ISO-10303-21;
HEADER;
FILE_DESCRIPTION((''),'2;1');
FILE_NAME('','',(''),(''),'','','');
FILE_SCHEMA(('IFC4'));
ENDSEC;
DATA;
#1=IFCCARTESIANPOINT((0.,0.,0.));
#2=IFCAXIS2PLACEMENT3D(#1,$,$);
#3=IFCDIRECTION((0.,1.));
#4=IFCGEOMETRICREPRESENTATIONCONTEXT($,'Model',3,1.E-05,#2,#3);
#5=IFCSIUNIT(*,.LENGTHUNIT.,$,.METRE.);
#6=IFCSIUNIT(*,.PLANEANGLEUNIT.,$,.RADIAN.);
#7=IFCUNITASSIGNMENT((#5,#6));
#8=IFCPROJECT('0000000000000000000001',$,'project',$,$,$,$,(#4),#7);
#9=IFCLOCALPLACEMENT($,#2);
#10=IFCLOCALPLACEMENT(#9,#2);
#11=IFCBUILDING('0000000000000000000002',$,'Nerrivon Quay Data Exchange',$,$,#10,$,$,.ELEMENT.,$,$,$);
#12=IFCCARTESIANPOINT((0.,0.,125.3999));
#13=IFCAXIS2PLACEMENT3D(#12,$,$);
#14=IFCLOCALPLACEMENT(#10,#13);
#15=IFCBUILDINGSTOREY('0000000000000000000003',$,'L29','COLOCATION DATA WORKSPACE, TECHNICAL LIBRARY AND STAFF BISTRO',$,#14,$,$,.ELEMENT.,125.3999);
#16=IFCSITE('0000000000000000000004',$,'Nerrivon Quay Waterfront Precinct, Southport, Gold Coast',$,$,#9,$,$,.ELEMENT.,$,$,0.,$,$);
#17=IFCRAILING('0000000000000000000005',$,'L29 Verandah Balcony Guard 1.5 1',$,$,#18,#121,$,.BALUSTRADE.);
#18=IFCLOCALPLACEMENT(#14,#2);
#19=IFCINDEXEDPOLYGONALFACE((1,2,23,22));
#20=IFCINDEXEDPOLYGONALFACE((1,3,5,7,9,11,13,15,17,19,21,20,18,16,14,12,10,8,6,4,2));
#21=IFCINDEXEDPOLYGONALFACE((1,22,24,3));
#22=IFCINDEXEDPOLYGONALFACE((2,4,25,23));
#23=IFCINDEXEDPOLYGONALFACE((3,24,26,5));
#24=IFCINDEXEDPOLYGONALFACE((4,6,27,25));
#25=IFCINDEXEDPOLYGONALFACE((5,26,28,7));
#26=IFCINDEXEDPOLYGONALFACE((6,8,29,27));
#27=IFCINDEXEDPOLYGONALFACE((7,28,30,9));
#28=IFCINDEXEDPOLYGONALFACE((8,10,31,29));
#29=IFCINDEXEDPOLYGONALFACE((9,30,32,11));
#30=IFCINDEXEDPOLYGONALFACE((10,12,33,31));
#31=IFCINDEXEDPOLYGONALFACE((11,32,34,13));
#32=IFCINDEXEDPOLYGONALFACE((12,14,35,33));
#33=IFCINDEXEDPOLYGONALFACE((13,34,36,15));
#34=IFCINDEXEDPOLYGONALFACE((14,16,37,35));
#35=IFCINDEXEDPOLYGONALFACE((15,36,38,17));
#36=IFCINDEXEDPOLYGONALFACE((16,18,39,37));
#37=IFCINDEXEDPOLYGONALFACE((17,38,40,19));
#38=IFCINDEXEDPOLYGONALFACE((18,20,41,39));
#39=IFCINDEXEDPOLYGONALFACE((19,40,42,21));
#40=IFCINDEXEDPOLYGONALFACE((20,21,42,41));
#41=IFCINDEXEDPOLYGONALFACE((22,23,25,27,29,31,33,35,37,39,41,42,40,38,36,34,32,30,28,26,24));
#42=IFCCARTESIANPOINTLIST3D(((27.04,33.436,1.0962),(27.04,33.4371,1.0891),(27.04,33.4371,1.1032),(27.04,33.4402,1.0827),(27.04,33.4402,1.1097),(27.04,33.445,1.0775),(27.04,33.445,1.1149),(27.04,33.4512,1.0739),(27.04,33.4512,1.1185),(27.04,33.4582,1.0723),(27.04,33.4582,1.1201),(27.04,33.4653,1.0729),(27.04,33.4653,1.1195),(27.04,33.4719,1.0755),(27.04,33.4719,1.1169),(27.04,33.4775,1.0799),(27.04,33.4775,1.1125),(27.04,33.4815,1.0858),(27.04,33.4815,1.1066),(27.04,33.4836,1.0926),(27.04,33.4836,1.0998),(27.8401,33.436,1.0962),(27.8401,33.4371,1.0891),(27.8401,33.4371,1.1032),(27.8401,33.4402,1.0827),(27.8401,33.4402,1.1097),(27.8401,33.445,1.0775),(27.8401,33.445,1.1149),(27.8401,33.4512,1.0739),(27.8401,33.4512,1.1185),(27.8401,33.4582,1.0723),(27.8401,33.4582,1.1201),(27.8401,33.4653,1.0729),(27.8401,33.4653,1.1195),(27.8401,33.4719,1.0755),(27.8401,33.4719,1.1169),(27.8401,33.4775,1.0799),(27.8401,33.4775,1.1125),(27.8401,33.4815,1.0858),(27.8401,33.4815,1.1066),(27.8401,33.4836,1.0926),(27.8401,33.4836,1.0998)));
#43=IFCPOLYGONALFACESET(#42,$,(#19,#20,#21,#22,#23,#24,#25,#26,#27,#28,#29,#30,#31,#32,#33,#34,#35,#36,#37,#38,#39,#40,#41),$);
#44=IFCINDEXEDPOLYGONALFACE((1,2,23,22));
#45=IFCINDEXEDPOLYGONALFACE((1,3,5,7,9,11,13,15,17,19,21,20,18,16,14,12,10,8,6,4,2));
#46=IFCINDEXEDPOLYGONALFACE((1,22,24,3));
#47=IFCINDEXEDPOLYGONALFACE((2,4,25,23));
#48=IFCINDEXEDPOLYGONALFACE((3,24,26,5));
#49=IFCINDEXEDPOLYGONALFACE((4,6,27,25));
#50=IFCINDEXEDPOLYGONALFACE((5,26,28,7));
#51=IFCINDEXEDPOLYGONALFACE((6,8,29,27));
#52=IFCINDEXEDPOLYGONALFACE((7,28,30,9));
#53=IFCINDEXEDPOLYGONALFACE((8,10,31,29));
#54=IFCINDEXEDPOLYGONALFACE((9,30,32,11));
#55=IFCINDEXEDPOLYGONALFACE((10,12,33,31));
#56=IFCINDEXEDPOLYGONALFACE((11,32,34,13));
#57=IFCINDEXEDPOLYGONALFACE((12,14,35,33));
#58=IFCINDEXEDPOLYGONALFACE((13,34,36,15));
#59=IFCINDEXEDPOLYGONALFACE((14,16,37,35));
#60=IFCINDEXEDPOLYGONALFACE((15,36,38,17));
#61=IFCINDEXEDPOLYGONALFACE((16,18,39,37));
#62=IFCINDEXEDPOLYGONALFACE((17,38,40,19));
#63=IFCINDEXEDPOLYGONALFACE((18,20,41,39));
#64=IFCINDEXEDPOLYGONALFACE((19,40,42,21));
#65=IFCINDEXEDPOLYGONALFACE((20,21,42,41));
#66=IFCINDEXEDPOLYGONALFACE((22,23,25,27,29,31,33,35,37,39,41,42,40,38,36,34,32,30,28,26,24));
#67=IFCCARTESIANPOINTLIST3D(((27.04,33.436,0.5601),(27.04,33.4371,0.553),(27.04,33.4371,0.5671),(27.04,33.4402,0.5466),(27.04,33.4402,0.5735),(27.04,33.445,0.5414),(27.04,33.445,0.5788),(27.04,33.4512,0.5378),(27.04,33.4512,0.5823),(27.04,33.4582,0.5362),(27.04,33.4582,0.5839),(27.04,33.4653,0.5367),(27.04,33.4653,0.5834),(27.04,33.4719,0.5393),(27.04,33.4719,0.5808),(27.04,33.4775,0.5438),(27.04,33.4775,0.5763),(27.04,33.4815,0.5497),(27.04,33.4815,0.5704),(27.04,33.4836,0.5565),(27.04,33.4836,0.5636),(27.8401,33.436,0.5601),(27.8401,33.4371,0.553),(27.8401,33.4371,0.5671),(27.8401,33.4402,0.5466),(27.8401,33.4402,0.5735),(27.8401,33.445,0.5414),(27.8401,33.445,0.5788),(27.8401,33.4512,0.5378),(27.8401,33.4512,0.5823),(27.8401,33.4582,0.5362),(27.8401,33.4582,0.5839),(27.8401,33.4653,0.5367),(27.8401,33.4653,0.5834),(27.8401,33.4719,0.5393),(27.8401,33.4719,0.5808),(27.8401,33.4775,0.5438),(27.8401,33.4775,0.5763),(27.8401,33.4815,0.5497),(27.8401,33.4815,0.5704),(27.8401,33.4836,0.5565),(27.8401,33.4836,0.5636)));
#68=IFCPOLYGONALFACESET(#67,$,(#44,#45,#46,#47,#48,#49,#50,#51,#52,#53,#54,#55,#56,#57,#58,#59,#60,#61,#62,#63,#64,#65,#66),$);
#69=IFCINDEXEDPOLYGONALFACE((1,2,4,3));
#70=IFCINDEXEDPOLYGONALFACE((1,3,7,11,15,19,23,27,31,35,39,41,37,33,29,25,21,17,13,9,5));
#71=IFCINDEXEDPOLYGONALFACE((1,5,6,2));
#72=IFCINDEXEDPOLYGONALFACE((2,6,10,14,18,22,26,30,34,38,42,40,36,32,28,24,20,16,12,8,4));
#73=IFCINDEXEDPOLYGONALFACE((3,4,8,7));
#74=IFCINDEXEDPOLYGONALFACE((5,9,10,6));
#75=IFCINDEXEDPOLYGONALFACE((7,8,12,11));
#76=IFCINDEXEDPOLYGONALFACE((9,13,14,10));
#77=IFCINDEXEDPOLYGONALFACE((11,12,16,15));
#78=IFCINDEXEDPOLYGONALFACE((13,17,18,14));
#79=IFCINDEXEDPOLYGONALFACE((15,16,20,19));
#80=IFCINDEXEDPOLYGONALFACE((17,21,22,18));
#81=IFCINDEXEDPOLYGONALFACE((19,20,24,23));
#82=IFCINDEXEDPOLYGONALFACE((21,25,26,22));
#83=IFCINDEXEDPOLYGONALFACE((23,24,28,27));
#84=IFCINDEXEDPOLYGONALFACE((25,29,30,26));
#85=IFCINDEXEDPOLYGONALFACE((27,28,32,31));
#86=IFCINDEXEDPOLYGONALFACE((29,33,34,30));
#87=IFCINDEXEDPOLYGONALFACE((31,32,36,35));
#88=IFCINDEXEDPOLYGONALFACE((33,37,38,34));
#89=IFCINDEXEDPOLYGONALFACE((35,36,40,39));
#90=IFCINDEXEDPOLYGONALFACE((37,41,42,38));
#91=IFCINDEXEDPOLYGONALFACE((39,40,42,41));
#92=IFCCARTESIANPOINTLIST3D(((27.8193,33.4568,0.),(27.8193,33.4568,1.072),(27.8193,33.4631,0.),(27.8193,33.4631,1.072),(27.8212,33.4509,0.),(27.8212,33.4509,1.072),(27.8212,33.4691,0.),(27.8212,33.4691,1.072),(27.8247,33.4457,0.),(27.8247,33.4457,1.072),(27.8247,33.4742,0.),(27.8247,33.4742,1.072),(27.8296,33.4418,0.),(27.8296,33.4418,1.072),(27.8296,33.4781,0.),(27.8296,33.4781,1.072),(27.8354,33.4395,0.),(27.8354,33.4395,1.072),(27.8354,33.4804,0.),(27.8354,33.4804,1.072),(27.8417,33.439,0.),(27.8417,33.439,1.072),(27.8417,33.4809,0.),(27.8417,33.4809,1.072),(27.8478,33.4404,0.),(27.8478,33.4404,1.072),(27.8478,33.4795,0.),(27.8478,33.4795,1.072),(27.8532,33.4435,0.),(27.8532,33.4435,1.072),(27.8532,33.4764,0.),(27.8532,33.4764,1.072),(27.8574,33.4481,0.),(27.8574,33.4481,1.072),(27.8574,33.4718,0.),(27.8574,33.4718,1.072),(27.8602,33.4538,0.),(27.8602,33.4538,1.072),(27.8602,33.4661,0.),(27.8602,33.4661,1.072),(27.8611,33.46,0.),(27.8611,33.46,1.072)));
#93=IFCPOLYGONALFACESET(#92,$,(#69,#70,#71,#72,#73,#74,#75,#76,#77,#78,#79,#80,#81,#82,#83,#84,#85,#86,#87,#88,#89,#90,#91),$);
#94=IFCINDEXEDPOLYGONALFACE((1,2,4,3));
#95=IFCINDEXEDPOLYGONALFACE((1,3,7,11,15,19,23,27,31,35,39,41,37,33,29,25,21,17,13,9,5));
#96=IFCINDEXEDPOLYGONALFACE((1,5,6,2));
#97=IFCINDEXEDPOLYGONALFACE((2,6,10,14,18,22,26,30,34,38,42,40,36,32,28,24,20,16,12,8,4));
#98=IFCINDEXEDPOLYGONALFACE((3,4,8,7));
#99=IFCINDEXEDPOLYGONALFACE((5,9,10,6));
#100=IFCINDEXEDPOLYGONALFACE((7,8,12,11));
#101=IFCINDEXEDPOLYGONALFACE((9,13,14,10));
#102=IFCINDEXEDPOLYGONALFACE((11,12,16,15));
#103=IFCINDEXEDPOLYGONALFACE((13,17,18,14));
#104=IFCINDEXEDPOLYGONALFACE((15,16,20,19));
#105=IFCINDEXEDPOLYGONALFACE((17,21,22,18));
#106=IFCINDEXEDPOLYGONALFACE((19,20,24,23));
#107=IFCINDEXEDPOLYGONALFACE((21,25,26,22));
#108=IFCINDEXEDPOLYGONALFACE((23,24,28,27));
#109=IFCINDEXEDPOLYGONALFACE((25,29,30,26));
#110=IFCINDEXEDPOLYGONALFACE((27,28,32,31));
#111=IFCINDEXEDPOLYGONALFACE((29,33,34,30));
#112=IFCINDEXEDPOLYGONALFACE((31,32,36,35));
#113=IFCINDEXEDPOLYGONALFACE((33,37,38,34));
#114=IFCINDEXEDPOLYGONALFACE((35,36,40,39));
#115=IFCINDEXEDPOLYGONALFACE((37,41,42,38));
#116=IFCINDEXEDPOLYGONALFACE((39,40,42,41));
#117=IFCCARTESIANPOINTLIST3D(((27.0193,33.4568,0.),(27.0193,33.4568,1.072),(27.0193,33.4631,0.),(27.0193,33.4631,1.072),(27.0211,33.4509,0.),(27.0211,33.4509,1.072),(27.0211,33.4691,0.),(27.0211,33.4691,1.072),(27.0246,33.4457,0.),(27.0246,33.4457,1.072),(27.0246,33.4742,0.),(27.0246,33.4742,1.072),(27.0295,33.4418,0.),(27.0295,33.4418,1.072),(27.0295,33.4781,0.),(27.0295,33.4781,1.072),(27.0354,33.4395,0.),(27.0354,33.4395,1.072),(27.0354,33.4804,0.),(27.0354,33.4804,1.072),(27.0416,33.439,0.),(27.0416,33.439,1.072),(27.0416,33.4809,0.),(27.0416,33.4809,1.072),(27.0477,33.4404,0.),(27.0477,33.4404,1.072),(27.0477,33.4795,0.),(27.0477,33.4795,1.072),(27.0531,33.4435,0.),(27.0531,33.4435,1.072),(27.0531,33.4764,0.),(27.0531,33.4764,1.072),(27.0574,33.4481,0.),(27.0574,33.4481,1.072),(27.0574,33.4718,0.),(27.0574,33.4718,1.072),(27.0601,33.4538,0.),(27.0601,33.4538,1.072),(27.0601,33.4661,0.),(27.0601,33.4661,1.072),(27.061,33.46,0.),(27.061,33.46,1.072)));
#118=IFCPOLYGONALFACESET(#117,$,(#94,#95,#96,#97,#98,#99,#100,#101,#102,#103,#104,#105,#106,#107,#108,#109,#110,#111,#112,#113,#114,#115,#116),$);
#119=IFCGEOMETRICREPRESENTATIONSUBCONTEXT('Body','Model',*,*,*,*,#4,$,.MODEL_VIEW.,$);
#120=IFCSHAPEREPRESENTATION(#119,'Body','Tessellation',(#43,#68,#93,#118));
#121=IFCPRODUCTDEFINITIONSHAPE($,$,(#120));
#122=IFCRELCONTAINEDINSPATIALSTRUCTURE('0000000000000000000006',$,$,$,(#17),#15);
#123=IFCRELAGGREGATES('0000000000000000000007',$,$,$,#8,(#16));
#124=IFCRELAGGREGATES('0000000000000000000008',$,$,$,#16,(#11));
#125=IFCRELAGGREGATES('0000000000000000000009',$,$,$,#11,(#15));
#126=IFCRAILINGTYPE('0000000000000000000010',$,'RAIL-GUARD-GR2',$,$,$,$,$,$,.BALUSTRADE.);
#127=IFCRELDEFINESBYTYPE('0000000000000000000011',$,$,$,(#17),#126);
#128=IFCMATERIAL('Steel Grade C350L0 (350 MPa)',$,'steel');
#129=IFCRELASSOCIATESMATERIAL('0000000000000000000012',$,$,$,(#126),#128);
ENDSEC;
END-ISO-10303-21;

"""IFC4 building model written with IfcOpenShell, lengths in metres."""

from ifc_helpers import new_model, si_unit, direction, frame, origin, origin_2d, place, context, subcontext, project, spatial, circle, extrude, material, type_object, element, save


model = new_model("IFC4")

# Units and contexts
model_context = context("Model", 3, precision=1e-05, world=origin(), true_north=direction((0.0, 1.0)))
body_context = subcontext(model_context, "Body", "Model", "MODEL_VIEW")
ifc_project = project(units=[si_unit("LENGTHUNIT", "METRE"), si_unit("PLANEANGLEUNIT", "RADIAN")], contexts=[model_context])

# Site, building, storey
site_placement = place(None, origin())
site = spatial("IfcSite", under=ifc_project, at=site_placement, Name="Nerrivon Quay Waterfront Precinct, Southport, Gold Coast", CompositionType="ELEMENT", RefElevation=0.0)
building_placement = place(site_placement, origin())
building = spatial("IfcBuilding", under=site, at=building_placement, Name="Nerrivon Quay Data Exchange", CompositionType="ELEMENT")
storey_placement = place(building_placement, frame((0.0, 0.0, 125.3999)))
storey = spatial("IfcBuildingStorey", under=building, at=storey_placement, Name="L29", Description="COLOCATION DATA WORKSPACE, TECHNICAL LIBRARY AND STAFF BISTRO", CompositionType="ELEMENT", Elevation=125.3999)

# Railing
ifc_material_1 = material(Name="Steel Grade C350L0 (350 MPa)", Category="steel")
railing_type = type_object("IfcRailingType", Name="RAIL-GUARD-GR2", PredefinedType="BALUSTRADE", material=ifc_material_1)
railing_1_placement = place(storey_placement, frame((27.8401, 33.46, 0.0)))
element("IfcRailing", 1, at=railing_1_placement, inside=storey, type_object=railing_type, Name="L29 Verandah Balcony Guard 1.5 1", PredefinedType="BALUSTRADE", context=body_context, shape_type="SweptSolid", body=[
    extrude(circle(Radius=0.0239, at=origin_2d()), frame((0.0, 0.0, 1.0962), z_axis=(-1.0, 0.0, 0.0), x_axis=(0.0, -1.0, 0.0)), (0.0, 0.0, 1.0), 0.8),
    extrude(circle(Radius=0.0239, at=origin_2d()), frame((0.0, 0.0, 0.5601), z_axis=(-1.0, 0.0, 0.0), x_axis=(0.0, -1.0, 0.0)), (0.0, 0.0, 1.0), 0.8),
    extrude(circle(Radius=0.021, at=origin_2d()), origin(), (0.0, 0.0, 1.0), 1.072),
    extrude(circle(Radius=0.021, at=origin_2d()), frame((-0.8, 0.0, 0.0)), (0.0, 0.0, 1.0), 1.072),
])

save(model, "model.ifc")
